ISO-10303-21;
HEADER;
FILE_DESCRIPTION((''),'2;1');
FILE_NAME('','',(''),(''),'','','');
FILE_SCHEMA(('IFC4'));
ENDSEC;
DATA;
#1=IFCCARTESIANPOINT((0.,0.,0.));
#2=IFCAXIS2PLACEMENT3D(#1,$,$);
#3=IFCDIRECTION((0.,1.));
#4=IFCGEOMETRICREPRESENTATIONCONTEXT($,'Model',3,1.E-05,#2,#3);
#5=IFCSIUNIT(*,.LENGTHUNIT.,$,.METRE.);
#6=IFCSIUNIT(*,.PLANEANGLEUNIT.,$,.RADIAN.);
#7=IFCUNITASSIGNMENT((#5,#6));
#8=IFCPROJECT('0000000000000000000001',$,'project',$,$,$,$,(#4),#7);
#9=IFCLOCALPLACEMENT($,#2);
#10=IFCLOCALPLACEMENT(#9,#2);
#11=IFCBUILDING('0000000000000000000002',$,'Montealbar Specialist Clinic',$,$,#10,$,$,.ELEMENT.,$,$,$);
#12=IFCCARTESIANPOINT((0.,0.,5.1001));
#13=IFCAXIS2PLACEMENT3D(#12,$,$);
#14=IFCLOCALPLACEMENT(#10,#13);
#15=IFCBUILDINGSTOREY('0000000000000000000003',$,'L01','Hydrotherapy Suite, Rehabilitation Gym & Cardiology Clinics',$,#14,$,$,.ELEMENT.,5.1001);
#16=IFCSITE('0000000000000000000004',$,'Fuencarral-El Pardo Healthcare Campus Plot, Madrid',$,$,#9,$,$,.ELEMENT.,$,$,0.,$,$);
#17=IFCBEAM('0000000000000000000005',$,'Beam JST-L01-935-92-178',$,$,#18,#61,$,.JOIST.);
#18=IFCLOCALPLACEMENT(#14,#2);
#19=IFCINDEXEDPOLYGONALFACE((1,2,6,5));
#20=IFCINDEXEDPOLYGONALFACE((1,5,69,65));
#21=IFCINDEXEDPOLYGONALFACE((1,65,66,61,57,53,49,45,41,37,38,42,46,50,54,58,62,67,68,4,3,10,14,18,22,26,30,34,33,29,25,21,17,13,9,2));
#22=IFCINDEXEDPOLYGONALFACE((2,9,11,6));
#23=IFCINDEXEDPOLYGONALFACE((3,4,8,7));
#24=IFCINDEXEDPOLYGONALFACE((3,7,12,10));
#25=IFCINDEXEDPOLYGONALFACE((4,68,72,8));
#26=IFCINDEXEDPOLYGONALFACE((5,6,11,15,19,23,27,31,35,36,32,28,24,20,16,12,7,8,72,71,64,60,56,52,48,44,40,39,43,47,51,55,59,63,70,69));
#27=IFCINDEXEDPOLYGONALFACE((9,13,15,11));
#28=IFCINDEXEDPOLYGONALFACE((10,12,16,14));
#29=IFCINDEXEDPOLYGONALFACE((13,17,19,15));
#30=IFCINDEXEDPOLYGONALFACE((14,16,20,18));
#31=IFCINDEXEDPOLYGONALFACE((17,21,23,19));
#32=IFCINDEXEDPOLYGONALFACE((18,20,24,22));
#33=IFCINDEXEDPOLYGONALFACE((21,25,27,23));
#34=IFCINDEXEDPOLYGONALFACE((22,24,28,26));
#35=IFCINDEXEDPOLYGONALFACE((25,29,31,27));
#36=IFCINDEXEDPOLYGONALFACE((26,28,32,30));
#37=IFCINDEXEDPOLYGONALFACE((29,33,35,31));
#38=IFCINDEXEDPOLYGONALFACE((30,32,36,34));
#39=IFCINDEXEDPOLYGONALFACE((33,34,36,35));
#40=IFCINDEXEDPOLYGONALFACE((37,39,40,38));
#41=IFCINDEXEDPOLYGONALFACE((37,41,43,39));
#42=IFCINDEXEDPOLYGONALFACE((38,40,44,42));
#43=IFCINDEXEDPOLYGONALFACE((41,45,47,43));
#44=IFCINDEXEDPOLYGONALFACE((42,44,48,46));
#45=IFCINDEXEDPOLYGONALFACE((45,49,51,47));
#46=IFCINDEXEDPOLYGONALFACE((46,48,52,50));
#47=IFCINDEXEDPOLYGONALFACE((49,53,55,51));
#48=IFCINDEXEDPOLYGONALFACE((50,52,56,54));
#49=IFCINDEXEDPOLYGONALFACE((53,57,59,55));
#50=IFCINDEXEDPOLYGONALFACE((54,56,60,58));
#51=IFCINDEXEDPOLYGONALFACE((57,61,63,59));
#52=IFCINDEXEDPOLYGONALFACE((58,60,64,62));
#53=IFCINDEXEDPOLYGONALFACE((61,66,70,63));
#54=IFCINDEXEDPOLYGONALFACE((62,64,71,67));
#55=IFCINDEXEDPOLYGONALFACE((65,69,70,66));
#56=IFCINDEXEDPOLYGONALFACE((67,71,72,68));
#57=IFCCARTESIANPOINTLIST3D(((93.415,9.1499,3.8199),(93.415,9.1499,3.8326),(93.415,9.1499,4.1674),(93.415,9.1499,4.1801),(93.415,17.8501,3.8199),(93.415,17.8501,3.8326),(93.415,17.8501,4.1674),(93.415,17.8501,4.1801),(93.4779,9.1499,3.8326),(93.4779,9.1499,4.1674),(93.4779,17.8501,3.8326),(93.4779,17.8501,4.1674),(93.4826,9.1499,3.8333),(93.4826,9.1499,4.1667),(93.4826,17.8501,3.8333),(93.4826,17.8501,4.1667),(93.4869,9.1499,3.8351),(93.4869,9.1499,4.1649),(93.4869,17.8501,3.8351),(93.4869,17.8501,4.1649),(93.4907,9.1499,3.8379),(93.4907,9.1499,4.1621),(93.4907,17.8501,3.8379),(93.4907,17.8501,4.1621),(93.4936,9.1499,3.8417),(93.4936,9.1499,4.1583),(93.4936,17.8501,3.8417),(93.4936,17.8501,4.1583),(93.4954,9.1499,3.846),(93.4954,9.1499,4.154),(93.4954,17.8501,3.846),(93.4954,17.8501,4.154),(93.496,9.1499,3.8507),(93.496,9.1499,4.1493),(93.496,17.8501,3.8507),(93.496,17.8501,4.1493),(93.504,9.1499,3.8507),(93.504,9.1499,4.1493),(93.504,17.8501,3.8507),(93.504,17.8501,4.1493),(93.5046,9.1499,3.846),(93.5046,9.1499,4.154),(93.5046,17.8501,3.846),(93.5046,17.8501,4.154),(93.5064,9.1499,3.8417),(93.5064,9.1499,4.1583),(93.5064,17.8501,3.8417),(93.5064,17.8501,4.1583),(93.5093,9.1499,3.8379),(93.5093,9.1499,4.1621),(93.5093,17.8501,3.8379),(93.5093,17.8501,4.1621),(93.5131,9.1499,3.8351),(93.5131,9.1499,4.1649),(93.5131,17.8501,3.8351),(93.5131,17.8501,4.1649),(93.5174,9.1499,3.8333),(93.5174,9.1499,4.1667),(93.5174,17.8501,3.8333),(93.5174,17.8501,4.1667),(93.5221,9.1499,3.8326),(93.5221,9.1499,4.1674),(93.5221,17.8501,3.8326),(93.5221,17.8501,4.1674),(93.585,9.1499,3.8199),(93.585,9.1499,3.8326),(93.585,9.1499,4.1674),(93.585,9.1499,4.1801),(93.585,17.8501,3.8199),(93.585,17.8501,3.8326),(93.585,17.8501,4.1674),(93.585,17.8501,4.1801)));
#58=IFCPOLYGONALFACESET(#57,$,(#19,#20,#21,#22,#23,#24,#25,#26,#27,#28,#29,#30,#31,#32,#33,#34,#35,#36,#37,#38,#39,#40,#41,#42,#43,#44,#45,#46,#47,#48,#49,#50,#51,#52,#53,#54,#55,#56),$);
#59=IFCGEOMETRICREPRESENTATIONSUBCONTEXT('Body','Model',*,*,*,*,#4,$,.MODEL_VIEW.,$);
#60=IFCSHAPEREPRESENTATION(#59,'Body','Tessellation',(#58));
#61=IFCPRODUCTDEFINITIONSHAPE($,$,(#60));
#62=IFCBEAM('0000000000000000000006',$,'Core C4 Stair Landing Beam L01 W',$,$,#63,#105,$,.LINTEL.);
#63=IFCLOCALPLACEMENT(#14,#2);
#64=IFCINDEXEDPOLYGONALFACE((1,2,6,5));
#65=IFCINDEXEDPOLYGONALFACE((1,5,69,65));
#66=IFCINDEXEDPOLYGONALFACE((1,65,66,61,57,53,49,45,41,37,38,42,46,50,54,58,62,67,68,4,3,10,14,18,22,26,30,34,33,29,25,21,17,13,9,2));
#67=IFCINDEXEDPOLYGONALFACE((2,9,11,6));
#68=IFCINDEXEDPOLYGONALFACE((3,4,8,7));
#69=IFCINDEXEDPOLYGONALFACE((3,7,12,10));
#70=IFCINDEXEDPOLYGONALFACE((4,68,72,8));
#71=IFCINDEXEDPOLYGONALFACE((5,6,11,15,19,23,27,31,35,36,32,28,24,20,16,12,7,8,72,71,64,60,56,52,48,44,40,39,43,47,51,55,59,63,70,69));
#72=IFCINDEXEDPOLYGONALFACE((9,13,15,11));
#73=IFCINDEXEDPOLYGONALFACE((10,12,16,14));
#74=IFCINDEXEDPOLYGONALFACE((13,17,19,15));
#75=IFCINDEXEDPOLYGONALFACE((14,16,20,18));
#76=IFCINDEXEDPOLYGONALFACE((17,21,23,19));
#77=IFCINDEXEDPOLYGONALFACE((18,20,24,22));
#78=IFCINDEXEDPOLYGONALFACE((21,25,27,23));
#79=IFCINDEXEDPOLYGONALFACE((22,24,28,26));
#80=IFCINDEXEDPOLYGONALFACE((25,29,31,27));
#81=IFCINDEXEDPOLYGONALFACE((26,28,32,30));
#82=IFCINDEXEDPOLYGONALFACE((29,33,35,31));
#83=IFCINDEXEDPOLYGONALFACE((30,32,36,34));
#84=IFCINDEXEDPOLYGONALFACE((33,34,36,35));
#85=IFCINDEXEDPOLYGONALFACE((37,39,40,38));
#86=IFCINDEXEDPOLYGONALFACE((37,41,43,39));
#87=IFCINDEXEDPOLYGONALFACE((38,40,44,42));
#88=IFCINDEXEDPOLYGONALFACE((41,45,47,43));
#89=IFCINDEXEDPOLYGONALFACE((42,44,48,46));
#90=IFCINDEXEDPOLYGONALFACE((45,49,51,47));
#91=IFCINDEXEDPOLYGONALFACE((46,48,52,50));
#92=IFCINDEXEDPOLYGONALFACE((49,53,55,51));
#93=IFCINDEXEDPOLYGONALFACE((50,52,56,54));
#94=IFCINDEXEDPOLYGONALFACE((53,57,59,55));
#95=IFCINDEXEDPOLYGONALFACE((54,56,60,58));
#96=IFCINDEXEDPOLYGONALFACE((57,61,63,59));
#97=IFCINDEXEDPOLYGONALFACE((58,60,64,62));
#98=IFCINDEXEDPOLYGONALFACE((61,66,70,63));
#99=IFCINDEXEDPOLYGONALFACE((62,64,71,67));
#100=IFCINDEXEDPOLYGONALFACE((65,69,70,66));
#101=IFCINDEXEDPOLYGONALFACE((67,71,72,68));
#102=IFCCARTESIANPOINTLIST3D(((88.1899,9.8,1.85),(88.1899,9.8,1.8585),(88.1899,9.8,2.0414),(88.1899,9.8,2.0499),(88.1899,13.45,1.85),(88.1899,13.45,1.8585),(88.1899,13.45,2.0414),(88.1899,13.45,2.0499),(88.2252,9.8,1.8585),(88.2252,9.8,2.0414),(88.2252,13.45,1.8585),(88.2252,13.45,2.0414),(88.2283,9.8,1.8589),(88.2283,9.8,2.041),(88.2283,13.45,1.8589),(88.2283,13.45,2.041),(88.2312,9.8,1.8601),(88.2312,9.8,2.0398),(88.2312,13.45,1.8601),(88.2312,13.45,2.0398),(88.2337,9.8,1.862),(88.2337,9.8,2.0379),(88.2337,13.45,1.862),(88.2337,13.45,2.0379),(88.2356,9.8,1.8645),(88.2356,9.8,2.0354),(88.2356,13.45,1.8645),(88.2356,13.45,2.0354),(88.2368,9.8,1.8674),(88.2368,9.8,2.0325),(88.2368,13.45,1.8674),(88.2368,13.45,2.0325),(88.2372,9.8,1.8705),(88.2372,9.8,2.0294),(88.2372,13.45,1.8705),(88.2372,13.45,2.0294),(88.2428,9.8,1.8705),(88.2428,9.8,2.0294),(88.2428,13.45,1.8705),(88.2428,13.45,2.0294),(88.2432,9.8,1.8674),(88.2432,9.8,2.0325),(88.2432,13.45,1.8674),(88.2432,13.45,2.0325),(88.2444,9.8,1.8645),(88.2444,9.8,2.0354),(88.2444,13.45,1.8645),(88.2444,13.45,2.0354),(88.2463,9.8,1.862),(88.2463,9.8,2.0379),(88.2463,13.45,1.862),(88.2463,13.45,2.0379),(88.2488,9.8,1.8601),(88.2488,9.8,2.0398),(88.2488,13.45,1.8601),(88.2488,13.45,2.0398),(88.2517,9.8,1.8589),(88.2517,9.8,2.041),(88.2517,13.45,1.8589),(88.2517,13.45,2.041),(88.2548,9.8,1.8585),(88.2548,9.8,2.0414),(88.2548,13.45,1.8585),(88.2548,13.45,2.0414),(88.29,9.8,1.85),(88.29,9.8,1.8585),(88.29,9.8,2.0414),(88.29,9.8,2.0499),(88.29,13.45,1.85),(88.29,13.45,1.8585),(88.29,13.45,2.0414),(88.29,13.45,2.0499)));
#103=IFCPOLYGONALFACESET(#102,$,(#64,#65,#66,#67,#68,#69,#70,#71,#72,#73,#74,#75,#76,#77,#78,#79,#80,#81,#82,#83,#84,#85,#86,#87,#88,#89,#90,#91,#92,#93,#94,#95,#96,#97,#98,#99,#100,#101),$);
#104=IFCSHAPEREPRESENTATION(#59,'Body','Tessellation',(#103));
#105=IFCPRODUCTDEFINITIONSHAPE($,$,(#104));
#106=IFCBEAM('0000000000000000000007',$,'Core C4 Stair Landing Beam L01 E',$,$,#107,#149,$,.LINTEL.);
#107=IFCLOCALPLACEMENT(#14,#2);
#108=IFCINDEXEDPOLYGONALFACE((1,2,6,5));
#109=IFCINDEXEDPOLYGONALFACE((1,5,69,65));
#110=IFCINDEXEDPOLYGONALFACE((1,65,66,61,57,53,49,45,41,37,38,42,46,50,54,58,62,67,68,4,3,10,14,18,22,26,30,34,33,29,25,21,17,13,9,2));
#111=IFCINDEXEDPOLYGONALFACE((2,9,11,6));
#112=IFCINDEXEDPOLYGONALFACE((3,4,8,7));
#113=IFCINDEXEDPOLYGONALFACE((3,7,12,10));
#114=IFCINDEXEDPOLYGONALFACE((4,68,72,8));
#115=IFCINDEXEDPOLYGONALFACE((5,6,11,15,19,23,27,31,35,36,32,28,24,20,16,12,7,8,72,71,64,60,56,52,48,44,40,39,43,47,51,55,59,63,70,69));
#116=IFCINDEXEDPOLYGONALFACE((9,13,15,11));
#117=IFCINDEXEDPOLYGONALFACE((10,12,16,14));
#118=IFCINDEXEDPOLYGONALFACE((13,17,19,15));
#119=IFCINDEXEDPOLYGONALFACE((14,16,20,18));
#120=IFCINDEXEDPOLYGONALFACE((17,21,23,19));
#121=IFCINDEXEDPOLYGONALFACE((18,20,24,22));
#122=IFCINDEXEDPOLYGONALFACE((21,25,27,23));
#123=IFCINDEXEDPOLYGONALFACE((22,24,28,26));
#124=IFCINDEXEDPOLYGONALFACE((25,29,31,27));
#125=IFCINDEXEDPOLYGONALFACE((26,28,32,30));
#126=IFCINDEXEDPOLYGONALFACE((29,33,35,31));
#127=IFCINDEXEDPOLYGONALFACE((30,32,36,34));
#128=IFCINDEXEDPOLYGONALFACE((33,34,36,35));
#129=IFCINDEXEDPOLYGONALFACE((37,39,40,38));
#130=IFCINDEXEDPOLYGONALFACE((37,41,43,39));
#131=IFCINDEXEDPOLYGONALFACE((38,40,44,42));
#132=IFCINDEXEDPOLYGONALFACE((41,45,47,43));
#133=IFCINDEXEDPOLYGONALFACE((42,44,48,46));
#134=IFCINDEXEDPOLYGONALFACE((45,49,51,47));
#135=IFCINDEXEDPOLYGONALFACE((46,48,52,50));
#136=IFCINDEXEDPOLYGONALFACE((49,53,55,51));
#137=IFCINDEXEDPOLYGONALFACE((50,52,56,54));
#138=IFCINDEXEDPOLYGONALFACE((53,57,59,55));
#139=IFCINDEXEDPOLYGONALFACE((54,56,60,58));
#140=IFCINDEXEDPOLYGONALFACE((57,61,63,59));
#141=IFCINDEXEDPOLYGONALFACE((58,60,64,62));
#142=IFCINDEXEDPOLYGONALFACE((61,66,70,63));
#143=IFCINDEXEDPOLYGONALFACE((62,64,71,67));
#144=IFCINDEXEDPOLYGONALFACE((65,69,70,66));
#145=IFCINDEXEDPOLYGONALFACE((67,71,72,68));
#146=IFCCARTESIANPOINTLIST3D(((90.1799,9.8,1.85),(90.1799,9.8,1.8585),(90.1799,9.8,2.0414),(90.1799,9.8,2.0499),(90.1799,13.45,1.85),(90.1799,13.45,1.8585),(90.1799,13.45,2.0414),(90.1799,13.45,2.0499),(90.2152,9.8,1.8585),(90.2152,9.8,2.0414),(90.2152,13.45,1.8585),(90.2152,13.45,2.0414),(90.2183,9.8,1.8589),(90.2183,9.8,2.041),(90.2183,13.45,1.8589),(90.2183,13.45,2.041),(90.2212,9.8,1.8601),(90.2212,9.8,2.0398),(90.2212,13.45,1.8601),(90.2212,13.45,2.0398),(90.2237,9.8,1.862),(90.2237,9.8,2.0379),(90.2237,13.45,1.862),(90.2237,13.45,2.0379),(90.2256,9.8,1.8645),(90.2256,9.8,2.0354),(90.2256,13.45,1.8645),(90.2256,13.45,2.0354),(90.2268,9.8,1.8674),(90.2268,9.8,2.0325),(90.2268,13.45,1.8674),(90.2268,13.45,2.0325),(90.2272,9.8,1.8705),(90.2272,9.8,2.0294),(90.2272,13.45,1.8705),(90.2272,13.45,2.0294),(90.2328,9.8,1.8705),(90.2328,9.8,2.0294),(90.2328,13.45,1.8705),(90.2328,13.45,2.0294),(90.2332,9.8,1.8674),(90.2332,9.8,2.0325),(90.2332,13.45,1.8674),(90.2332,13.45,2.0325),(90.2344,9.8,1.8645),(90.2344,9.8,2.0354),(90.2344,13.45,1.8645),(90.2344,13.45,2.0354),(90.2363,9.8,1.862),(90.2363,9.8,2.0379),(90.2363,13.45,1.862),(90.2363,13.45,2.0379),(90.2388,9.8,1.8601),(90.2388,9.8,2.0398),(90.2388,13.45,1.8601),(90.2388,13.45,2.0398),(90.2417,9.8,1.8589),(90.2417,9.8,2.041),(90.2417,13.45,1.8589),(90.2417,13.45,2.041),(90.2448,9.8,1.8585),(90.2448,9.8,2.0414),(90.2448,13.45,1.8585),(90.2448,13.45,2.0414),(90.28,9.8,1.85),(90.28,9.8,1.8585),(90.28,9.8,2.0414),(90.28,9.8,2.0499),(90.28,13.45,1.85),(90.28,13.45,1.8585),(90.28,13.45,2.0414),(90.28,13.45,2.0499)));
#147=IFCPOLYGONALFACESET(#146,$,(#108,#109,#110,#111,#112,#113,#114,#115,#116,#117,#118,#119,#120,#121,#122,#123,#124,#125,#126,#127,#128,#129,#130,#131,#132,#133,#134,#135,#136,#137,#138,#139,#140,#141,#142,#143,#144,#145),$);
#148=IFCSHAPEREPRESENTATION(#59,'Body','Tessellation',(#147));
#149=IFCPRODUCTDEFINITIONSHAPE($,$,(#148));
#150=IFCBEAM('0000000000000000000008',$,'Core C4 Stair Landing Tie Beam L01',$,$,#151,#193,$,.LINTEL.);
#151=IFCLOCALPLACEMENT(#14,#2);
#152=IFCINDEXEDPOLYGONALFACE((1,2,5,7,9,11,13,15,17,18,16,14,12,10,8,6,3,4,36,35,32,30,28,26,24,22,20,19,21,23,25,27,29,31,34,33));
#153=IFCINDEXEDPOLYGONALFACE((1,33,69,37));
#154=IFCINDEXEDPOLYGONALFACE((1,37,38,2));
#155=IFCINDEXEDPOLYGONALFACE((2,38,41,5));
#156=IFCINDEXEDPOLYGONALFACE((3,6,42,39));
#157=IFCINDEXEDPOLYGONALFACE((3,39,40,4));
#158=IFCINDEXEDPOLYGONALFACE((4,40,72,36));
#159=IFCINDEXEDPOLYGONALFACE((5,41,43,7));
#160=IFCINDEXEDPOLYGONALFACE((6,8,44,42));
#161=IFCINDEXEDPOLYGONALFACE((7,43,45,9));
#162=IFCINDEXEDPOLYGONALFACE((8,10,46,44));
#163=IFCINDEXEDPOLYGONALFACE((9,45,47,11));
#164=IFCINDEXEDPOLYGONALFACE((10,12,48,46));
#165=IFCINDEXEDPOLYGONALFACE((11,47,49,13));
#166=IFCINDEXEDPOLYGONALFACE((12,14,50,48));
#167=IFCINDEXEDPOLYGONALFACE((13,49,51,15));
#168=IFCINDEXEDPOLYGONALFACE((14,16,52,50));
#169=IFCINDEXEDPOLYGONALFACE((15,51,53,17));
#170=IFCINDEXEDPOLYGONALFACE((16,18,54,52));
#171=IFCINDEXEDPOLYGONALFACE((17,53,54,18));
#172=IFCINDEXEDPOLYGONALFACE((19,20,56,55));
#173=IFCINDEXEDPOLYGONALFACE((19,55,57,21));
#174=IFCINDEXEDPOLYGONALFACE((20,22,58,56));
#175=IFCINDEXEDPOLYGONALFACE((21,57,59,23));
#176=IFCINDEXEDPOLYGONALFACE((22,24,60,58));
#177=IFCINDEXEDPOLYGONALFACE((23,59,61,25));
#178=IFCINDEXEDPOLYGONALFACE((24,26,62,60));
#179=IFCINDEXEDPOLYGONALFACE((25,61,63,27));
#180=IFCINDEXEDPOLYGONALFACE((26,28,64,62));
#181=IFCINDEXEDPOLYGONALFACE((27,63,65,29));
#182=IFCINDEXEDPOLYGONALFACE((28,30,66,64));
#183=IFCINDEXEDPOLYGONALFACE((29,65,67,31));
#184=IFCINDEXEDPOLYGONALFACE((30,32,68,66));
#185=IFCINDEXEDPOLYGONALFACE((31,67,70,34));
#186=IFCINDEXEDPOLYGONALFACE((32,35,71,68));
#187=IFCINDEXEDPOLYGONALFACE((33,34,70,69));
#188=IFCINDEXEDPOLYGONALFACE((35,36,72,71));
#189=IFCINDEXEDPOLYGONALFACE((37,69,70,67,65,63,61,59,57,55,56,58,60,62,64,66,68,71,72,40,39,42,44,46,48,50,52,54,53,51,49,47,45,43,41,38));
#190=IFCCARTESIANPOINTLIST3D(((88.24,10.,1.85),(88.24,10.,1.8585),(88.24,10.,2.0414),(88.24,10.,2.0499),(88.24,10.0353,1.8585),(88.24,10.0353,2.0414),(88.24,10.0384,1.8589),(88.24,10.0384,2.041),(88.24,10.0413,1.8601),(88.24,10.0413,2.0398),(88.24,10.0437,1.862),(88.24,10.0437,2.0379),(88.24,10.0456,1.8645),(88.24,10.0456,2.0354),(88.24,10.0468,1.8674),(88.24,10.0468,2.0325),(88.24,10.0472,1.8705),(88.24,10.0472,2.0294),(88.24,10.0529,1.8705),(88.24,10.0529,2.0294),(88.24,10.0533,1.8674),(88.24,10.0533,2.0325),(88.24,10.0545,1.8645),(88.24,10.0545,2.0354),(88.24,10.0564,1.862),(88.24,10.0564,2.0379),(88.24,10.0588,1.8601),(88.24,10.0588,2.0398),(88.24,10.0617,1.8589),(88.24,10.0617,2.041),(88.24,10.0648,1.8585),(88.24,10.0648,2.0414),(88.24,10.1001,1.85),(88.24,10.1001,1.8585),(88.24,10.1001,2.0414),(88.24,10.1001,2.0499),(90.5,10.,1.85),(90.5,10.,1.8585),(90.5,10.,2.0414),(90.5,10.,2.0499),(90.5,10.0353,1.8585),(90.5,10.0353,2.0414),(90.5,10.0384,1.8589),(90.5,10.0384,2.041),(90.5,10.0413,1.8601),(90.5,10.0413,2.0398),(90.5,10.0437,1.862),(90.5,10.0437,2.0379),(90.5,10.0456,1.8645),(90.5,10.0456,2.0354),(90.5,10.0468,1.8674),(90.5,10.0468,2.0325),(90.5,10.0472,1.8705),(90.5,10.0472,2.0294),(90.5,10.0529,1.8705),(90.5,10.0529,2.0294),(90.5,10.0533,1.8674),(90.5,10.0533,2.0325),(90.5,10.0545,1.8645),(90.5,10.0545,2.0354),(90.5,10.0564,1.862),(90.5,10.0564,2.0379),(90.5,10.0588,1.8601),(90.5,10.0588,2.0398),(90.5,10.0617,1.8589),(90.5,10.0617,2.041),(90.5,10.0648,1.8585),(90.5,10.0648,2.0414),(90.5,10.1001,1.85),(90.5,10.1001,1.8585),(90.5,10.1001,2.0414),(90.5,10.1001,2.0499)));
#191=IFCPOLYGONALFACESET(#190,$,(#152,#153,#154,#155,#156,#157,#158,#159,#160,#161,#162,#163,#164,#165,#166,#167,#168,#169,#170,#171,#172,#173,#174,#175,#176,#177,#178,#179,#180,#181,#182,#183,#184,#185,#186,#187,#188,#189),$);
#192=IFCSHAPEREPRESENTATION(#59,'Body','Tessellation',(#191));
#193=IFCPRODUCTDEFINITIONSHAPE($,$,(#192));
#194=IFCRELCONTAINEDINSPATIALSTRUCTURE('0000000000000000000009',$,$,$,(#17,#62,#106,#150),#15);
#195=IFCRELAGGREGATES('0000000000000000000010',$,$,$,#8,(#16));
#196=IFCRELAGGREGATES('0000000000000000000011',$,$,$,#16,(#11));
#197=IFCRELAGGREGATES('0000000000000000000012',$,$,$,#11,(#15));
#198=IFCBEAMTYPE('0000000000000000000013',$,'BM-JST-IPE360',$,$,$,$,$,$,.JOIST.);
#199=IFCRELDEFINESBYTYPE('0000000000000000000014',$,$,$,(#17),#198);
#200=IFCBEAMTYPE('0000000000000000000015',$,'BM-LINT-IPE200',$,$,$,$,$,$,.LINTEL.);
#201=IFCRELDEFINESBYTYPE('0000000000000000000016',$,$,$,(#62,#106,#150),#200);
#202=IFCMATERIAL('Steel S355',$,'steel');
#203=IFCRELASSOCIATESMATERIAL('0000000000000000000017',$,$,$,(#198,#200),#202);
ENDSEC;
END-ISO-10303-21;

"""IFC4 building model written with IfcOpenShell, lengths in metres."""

from ifc_helpers import new_model, si_unit, direction, frame, origin, origin_2d, place, context, subcontext, project, spatial, i_section, extrude, material, material_profile, profile_set, type_object, element, save


model = new_model("IFC4")

# Units and contexts
model_context = context("Model", 3, precision=1e-05, world=origin(), true_north=direction((0.0, 1.0)))
body_context = subcontext(model_context, "Body", "Model", "MODEL_VIEW")
ifc_project = project(units=[si_unit("LENGTHUNIT", "METRE"), si_unit("PLANEANGLEUNIT", "RADIAN")], contexts=[model_context])

# Site, building, storey
site_placement = place(None, origin())
site = spatial("IfcSite", under=ifc_project, at=site_placement, Name="Fuencarral-El Pardo Healthcare Campus Plot, Madrid", CompositionType="ELEMENT", RefElevation=0.0)
building_placement = place(site_placement, origin())
building = spatial("IfcBuilding", under=site, at=building_placement, Name="Montealbar Specialist Clinic", CompositionType="ELEMENT")
storey_placement = place(building_placement, frame((0.0, 0.0, 5.1001)))
storey = spatial("IfcBuildingStorey", under=building, at=storey_placement, Name="L01", Description="Hydrotherapy Suite, Rehabilitation Gym & Cardiology Clinics", CompositionType="ELEMENT", Elevation=5.1001)

# Shared definitions
ifc_material_1 = material(Name="Steel S355", Category="steel")

# Beams
ifc_material_profile_1 = material_profile(ifc_material_1, i_section(OverallWidth=0.1699, OverallDepth=0.3601, WebThickness=0.0081, FlangeThickness=0.0127, FilletRadius=0.0181, at=origin_2d()), Name="IPE 360", Category="steel")
ifc_profile_set_1 = profile_set([ifc_material_profile_1], Name="Steel S355")
beam_type_1 = type_object("IfcBeamType", Name="BM-JST-IPE360", PredefinedType="JOIST", material=ifc_profile_set_1)
beam_1_placement = place(storey_placement, frame((93.5, 9.1499, 4.0), z_axis=(0.0, 1.0, 0.0), x_axis=(-1.0, 0.0, 0.0)))
element("IfcBeam", 1, at=beam_1_placement, inside=storey, type_object=beam_type_1, Name="Beam JST-L01-935-92-178", PredefinedType="JOIST", context=body_context, shape_type="SweptSolid", body=[
    extrude(i_section(OverallWidth=0.1699, OverallDepth=0.3601, WebThickness=0.0081, FlangeThickness=0.0127, FilletRadius=0.0181, at=origin_2d()), origin(), (0.0, 0.0, 1.0), 8.7002),
])
ifc_material_profile_2 = material_profile(ifc_material_1, i_section(OverallWidth=0.1001, OverallDepth=0.2, WebThickness=0.0056, FlangeThickness=0.0085, FilletRadius=0.012, at=origin_2d()), Name="IPE 200", Category="steel")
ifc_profile_set_2 = profile_set([ifc_material_profile_2], Name="Steel S355")
beam_type_2 = type_object("IfcBeamType", Name="BM-LINT-IPE200", PredefinedType="LINTEL", material=ifc_profile_set_2)
for number, where, z_axis, x_axis, name in (
    (2, (88.24, 9.8, 1.95), (0.0, 1.0, 0.0), (-1.0, 0.0, 0.0), "Core C4 Stair Landing Beam L01 W"),
    (3, (90.23, 9.8, 1.95), (0.0, 1.0, 0.0), (-1.0, 0.0, 0.0), "Core C4 Stair Landing Beam L01 E"),
):
    element("IfcBeam", number, at=place(storey_placement, frame(where, z_axis=z_axis, x_axis=x_axis)), inside=storey, type_object=beam_type_2, Name=name, PredefinedType="LINTEL", context=body_context, shape_type="SweptSolid", body=[
        extrude(i_section(OverallWidth=0.1001, OverallDepth=0.2, WebThickness=0.0056, FlangeThickness=0.0085, FilletRadius=0.012, at=origin_2d()), origin(), (0.0, 0.0, 1.0), 3.6499),
    ])
beam_2_placement = place(storey_placement, frame((88.24, 10.05, 1.95), z_axis=(1.0, 0.0, 0.0), x_axis=(0.0, 1.0, 0.0)))
element("IfcBeam", 4, at=beam_2_placement, inside=storey, type_object=beam_type_2, Name="Core C4 Stair Landing Tie Beam L01", PredefinedType="LINTEL", context=body_context, shape_type="SweptSolid", body=[
    extrude(i_section(OverallWidth=0.1001, OverallDepth=0.2, WebThickness=0.0056, FlangeThickness=0.0085, FilletRadius=0.012, at=origin_2d()), origin(), (0.0, 0.0, 1.0), 2.26),
])

save(model, "model.ifc")
